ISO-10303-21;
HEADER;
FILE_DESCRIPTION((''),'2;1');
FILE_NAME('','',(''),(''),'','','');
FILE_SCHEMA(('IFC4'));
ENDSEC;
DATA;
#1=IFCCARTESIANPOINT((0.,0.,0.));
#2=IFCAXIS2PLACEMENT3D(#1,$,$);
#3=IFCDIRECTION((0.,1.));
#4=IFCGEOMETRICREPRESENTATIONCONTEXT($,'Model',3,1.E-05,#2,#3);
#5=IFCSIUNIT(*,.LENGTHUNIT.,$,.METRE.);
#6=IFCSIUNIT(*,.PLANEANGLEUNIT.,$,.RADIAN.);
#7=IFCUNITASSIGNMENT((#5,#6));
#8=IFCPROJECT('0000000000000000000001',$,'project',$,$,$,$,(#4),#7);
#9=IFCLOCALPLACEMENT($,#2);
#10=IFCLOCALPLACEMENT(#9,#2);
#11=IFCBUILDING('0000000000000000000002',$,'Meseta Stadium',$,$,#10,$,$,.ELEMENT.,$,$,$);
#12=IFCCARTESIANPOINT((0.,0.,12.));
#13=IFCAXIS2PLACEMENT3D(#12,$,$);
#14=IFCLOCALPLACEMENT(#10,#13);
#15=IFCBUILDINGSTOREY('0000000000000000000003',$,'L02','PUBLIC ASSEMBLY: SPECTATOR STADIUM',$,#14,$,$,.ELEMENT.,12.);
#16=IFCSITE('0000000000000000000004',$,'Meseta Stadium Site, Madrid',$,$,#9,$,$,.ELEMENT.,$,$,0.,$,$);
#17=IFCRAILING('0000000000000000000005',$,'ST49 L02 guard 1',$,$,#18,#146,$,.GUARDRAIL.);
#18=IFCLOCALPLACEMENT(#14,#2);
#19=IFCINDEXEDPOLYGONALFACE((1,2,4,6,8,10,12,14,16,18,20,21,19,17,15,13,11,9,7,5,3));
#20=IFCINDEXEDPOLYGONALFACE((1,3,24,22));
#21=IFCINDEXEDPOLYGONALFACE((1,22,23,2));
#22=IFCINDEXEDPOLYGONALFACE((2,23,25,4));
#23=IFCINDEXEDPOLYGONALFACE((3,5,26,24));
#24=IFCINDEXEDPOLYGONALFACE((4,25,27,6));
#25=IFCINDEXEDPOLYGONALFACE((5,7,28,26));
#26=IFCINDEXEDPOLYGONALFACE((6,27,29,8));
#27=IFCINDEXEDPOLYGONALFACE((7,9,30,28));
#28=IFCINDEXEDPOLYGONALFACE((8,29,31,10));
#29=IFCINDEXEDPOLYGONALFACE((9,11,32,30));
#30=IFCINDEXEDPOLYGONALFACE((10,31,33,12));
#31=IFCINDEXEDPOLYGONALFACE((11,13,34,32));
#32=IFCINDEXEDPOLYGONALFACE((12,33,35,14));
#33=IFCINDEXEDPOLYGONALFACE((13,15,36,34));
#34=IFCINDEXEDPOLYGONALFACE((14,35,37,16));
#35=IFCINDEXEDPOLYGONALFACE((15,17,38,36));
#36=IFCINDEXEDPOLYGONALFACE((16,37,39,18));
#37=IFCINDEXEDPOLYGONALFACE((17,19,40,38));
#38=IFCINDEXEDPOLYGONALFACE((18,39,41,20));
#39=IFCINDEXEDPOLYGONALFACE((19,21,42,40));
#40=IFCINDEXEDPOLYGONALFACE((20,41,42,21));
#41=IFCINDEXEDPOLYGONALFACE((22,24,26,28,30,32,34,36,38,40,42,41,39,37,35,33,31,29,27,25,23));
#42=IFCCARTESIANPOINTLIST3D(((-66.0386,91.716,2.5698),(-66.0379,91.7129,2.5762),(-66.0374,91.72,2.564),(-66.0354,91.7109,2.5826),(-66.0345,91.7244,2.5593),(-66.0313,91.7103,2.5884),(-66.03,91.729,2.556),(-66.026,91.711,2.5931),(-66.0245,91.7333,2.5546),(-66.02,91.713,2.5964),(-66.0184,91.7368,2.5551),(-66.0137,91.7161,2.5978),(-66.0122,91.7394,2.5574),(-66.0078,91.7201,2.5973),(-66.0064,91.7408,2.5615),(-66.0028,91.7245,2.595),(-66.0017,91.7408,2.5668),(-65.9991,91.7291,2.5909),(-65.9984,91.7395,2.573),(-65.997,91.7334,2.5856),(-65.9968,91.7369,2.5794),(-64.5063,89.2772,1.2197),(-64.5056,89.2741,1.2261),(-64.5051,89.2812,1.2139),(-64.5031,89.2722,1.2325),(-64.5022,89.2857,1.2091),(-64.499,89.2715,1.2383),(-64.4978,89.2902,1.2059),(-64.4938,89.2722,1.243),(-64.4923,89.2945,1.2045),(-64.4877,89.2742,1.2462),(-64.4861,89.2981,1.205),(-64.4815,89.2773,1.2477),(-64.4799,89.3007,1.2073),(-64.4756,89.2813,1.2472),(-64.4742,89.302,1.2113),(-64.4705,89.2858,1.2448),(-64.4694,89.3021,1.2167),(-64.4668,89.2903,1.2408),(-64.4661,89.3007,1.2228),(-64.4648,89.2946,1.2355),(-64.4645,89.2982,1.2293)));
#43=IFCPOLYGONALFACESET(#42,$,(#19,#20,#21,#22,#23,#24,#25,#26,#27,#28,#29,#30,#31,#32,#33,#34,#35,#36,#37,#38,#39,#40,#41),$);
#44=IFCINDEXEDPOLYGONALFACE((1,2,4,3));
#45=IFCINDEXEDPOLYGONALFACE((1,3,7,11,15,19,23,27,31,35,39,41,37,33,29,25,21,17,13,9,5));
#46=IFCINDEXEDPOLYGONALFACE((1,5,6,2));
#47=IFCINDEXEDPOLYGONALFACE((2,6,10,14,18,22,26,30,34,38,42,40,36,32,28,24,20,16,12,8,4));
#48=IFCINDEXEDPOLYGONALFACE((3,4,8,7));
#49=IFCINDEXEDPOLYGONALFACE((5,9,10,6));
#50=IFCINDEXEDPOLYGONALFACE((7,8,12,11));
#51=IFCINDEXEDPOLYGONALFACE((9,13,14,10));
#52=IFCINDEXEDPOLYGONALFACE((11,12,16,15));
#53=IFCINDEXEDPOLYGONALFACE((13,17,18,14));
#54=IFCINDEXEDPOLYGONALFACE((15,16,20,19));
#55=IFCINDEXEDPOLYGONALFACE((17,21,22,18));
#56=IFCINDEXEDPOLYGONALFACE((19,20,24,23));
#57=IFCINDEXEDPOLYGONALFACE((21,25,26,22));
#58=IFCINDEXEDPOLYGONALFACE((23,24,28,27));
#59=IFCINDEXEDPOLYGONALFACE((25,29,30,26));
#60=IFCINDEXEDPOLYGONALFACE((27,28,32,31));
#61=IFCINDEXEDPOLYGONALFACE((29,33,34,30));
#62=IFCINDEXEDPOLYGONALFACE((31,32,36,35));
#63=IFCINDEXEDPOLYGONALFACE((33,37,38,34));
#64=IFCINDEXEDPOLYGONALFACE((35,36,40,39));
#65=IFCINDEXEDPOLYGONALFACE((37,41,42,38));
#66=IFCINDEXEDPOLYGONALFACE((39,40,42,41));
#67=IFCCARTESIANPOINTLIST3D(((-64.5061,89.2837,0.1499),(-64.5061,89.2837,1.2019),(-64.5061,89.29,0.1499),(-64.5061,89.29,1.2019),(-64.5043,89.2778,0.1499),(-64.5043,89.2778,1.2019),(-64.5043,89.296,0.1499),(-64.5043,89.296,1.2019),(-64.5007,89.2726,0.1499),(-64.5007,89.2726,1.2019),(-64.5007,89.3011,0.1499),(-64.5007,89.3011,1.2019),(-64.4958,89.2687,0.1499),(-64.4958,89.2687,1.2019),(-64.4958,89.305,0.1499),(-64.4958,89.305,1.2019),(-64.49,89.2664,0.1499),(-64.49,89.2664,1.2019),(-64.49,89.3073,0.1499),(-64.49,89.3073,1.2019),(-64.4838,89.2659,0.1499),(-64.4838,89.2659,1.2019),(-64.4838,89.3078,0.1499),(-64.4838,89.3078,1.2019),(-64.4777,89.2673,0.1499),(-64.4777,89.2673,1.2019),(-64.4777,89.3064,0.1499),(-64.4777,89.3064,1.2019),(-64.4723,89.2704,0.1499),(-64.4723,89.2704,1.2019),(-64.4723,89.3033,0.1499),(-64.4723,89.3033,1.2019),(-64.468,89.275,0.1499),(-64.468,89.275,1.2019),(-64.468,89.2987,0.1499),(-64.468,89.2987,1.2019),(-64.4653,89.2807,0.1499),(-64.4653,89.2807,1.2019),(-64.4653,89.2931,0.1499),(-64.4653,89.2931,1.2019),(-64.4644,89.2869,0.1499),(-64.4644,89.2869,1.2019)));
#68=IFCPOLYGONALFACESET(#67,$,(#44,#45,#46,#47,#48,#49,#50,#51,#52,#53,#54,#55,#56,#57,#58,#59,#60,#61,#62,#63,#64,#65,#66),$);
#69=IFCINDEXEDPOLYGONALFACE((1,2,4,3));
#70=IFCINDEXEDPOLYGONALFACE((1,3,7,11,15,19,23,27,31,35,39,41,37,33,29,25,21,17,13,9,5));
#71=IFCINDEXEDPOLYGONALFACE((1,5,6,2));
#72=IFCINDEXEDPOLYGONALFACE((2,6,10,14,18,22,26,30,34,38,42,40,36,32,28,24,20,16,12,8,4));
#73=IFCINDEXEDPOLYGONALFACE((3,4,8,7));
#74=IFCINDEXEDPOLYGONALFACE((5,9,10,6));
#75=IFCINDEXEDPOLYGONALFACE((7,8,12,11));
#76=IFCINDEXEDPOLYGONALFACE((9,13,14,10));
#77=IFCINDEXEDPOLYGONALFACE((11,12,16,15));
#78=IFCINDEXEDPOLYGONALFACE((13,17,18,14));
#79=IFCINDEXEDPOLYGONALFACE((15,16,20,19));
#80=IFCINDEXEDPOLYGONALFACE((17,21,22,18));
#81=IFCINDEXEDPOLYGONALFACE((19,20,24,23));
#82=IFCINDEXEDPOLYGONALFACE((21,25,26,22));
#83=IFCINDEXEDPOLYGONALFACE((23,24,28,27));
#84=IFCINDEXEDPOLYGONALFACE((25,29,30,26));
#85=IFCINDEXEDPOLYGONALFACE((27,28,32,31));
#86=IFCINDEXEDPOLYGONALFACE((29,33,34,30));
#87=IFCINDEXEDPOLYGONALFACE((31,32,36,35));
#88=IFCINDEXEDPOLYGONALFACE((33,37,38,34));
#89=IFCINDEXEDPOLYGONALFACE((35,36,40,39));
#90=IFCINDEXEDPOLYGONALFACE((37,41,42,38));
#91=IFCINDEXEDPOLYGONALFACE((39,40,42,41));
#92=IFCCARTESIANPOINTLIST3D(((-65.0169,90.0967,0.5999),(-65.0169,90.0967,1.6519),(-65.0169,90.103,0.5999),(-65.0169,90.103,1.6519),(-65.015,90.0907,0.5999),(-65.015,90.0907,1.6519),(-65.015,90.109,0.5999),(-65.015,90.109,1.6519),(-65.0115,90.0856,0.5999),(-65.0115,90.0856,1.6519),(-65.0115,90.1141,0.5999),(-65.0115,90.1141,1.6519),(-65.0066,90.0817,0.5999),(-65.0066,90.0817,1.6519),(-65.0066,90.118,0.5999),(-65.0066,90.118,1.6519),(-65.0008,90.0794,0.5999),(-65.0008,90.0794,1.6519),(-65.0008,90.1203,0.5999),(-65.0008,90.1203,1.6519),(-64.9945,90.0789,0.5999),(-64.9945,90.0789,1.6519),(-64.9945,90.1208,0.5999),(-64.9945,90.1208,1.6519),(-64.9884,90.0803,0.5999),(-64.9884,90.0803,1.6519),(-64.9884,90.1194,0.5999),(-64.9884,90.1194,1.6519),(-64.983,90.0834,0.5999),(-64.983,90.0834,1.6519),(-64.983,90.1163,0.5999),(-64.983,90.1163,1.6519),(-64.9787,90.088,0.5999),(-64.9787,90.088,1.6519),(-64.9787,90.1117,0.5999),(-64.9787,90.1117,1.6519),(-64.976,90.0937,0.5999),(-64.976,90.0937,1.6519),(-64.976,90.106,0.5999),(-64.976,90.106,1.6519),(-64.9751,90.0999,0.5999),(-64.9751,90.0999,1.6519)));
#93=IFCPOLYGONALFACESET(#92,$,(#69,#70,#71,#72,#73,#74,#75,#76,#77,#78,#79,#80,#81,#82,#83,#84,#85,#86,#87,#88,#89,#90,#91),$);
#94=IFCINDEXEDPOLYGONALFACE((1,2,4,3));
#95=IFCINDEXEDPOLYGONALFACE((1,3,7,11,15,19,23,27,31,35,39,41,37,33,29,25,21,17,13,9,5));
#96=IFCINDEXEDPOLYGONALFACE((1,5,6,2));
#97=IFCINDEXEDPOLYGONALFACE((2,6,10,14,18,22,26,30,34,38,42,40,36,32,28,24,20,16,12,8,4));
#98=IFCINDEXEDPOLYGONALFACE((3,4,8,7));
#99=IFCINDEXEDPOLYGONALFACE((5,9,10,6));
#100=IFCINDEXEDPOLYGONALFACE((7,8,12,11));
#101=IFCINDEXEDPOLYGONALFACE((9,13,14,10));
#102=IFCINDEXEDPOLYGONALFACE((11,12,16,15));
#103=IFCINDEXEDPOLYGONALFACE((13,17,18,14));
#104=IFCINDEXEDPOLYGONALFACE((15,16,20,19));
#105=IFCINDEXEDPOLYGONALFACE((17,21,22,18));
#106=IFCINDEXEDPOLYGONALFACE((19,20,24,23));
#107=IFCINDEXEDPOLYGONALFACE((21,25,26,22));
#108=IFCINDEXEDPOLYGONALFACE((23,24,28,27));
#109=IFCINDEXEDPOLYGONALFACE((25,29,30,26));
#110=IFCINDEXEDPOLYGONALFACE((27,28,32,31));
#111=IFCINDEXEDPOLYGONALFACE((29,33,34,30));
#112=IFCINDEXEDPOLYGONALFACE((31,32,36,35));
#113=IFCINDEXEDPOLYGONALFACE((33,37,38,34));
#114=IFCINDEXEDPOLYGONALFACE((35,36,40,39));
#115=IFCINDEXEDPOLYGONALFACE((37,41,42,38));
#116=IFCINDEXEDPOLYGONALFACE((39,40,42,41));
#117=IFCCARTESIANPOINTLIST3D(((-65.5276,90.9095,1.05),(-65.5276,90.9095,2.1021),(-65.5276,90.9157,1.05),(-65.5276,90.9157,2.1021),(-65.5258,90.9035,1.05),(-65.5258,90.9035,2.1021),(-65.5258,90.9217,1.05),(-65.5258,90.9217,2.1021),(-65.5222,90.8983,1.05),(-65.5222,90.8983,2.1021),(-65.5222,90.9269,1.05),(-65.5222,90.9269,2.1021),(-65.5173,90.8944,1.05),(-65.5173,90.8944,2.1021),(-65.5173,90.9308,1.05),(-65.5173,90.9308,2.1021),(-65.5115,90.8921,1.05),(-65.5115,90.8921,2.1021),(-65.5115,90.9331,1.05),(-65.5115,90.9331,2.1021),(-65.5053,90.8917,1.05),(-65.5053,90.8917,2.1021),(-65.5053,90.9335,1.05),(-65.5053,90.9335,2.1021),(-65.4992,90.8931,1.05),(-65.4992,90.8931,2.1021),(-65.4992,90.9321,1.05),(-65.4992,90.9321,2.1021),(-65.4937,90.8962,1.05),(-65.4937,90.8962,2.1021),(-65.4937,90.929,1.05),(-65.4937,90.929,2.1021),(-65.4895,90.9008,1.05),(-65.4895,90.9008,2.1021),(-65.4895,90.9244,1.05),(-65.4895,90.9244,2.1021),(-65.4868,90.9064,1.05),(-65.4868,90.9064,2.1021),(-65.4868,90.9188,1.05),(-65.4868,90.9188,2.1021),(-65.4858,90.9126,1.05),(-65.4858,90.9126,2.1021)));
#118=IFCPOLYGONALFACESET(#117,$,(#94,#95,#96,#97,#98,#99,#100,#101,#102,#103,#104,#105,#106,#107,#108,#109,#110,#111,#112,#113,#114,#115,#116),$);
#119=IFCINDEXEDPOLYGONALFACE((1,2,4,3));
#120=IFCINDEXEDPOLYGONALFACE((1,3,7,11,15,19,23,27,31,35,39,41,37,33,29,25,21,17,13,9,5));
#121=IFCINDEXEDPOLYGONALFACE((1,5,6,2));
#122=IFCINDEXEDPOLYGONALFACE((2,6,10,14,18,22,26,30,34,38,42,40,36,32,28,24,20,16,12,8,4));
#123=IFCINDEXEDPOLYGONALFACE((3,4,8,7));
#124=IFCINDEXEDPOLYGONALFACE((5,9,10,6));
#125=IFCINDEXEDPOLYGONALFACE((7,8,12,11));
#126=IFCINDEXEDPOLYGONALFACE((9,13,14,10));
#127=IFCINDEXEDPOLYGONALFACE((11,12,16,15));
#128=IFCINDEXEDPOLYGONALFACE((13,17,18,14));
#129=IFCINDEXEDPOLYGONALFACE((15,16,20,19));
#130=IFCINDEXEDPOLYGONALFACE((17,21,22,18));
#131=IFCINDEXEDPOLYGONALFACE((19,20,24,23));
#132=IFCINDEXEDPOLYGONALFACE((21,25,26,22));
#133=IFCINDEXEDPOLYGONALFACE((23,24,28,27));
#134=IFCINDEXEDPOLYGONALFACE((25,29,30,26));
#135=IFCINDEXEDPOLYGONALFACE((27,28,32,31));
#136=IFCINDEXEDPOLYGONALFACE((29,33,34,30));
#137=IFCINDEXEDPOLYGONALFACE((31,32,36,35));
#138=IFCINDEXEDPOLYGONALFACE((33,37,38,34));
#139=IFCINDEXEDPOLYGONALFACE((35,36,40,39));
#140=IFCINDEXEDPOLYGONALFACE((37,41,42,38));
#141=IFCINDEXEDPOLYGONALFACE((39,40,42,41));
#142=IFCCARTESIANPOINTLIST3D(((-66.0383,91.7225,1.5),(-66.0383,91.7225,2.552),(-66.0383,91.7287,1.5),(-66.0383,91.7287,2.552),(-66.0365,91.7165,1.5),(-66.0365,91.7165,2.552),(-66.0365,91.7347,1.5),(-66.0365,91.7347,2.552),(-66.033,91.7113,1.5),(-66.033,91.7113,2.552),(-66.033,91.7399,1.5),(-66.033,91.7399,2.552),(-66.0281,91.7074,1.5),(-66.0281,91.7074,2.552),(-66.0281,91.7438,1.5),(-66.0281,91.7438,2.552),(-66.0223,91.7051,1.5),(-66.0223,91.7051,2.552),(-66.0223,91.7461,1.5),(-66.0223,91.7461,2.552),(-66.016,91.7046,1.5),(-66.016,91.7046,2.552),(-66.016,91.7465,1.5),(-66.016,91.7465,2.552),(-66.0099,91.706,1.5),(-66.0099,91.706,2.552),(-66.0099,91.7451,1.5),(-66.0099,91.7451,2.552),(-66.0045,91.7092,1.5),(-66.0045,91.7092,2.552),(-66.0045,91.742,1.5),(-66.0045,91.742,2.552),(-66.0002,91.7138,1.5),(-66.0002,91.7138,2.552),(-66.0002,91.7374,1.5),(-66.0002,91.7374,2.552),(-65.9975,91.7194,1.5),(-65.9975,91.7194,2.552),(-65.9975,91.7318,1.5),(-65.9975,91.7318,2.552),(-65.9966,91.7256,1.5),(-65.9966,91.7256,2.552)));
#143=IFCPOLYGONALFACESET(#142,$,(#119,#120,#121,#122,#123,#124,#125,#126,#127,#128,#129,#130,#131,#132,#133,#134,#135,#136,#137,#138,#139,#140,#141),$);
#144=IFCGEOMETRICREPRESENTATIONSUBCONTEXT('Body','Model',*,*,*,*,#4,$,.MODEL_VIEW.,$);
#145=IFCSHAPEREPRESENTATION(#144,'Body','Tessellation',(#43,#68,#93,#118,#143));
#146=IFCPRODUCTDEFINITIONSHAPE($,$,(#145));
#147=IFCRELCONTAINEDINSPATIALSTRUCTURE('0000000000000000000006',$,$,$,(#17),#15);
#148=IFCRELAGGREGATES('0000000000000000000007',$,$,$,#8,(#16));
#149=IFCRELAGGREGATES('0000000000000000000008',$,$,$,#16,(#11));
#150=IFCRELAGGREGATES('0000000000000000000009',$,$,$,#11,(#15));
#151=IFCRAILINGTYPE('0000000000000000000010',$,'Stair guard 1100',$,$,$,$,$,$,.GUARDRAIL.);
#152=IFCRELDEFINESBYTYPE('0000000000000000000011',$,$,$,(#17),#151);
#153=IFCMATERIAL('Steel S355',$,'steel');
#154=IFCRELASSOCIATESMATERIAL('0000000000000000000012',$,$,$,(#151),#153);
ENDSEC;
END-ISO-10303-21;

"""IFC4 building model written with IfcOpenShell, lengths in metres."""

from ifc_helpers import new_model, si_unit, direction, frame, origin, origin_2d, place, context, subcontext, project, spatial, circle, extrude, material, type_object, element, save


model = new_model("IFC4")

# Units and contexts
model_context = context("Model", 3, precision=1e-05, world=origin(), true_north=direction((0.0, 1.0)))
body_context = subcontext(model_context, "Body", "Model", "MODEL_VIEW")
ifc_project = project(units=[si_unit("LENGTHUNIT", "METRE"), si_unit("PLANEANGLEUNIT", "RADIAN")], contexts=[model_context])

# Site, building, storey
site_placement = place(None, origin())
site = spatial("IfcSite", under=ifc_project, at=site_placement, Name="Meseta Stadium Site, Madrid", CompositionType="ELEMENT", RefElevation=0.0)
building_placement = place(site_placement, origin())
building = spatial("IfcBuilding", under=site, at=building_placement, Name="Meseta Stadium", CompositionType="ELEMENT")
storey_placement = place(building_placement, frame((0.0, 0.0, 12.0)))
storey = spatial("IfcBuildingStorey", under=building, at=storey_placement, Name="L02", Description="PUBLIC ASSEMBLY: SPECTATOR STADIUM", CompositionType="ELEMENT", Elevation=12.0)

# Railing
ifc_material_1 = material(Name="Steel S355", Category="steel")
railing_type_1 = type_object("IfcRailingType", Name="Stair guard 1100", PredefinedType="GUARDRAIL", material=ifc_material_1)
railing_1_placement = place(storey_placement, frame((-64.4854, 89.2869, 0.1499)))
element("IfcRailing", 1, at=railing_1_placement, inside=storey, type_object=railing_type_1, Name="ST49 L02 guard 1", PredefinedType="GUARDRAIL", context=body_context, shape_type="SweptSolid", body=[
    extrude(circle(Radius=0.0239, at=origin_2d()), frame((0.0, 0.0, 1.0762), z_axis=(-0.481703, 0.766687, 0.424445), x_axis=(-0.846743, -0.532001, 0.0)), (0.0, 0.0, 1.0), 3.1809),
    extrude(circle(Radius=0.021, at=origin_2d()), origin(), (0.0, 0.0, 1.0), 1.052),
    extrude(circle(Radius=0.021, at=origin_2d()), frame((-0.5107, 0.813, 0.45)), (0.0, 0.0, 1.0), 1.052),
    extrude(circle(Radius=0.021, at=origin_2d()), frame((-1.0215, 1.6257, 0.9001)), (0.0, 0.0, 1.0), 1.052),
    extrude(circle(Radius=0.021, at=origin_2d()), frame((-1.5322, 2.4387, 1.3501)), (0.0, 0.0, 1.0), 1.052),
])

save(model, "model.ifc")
